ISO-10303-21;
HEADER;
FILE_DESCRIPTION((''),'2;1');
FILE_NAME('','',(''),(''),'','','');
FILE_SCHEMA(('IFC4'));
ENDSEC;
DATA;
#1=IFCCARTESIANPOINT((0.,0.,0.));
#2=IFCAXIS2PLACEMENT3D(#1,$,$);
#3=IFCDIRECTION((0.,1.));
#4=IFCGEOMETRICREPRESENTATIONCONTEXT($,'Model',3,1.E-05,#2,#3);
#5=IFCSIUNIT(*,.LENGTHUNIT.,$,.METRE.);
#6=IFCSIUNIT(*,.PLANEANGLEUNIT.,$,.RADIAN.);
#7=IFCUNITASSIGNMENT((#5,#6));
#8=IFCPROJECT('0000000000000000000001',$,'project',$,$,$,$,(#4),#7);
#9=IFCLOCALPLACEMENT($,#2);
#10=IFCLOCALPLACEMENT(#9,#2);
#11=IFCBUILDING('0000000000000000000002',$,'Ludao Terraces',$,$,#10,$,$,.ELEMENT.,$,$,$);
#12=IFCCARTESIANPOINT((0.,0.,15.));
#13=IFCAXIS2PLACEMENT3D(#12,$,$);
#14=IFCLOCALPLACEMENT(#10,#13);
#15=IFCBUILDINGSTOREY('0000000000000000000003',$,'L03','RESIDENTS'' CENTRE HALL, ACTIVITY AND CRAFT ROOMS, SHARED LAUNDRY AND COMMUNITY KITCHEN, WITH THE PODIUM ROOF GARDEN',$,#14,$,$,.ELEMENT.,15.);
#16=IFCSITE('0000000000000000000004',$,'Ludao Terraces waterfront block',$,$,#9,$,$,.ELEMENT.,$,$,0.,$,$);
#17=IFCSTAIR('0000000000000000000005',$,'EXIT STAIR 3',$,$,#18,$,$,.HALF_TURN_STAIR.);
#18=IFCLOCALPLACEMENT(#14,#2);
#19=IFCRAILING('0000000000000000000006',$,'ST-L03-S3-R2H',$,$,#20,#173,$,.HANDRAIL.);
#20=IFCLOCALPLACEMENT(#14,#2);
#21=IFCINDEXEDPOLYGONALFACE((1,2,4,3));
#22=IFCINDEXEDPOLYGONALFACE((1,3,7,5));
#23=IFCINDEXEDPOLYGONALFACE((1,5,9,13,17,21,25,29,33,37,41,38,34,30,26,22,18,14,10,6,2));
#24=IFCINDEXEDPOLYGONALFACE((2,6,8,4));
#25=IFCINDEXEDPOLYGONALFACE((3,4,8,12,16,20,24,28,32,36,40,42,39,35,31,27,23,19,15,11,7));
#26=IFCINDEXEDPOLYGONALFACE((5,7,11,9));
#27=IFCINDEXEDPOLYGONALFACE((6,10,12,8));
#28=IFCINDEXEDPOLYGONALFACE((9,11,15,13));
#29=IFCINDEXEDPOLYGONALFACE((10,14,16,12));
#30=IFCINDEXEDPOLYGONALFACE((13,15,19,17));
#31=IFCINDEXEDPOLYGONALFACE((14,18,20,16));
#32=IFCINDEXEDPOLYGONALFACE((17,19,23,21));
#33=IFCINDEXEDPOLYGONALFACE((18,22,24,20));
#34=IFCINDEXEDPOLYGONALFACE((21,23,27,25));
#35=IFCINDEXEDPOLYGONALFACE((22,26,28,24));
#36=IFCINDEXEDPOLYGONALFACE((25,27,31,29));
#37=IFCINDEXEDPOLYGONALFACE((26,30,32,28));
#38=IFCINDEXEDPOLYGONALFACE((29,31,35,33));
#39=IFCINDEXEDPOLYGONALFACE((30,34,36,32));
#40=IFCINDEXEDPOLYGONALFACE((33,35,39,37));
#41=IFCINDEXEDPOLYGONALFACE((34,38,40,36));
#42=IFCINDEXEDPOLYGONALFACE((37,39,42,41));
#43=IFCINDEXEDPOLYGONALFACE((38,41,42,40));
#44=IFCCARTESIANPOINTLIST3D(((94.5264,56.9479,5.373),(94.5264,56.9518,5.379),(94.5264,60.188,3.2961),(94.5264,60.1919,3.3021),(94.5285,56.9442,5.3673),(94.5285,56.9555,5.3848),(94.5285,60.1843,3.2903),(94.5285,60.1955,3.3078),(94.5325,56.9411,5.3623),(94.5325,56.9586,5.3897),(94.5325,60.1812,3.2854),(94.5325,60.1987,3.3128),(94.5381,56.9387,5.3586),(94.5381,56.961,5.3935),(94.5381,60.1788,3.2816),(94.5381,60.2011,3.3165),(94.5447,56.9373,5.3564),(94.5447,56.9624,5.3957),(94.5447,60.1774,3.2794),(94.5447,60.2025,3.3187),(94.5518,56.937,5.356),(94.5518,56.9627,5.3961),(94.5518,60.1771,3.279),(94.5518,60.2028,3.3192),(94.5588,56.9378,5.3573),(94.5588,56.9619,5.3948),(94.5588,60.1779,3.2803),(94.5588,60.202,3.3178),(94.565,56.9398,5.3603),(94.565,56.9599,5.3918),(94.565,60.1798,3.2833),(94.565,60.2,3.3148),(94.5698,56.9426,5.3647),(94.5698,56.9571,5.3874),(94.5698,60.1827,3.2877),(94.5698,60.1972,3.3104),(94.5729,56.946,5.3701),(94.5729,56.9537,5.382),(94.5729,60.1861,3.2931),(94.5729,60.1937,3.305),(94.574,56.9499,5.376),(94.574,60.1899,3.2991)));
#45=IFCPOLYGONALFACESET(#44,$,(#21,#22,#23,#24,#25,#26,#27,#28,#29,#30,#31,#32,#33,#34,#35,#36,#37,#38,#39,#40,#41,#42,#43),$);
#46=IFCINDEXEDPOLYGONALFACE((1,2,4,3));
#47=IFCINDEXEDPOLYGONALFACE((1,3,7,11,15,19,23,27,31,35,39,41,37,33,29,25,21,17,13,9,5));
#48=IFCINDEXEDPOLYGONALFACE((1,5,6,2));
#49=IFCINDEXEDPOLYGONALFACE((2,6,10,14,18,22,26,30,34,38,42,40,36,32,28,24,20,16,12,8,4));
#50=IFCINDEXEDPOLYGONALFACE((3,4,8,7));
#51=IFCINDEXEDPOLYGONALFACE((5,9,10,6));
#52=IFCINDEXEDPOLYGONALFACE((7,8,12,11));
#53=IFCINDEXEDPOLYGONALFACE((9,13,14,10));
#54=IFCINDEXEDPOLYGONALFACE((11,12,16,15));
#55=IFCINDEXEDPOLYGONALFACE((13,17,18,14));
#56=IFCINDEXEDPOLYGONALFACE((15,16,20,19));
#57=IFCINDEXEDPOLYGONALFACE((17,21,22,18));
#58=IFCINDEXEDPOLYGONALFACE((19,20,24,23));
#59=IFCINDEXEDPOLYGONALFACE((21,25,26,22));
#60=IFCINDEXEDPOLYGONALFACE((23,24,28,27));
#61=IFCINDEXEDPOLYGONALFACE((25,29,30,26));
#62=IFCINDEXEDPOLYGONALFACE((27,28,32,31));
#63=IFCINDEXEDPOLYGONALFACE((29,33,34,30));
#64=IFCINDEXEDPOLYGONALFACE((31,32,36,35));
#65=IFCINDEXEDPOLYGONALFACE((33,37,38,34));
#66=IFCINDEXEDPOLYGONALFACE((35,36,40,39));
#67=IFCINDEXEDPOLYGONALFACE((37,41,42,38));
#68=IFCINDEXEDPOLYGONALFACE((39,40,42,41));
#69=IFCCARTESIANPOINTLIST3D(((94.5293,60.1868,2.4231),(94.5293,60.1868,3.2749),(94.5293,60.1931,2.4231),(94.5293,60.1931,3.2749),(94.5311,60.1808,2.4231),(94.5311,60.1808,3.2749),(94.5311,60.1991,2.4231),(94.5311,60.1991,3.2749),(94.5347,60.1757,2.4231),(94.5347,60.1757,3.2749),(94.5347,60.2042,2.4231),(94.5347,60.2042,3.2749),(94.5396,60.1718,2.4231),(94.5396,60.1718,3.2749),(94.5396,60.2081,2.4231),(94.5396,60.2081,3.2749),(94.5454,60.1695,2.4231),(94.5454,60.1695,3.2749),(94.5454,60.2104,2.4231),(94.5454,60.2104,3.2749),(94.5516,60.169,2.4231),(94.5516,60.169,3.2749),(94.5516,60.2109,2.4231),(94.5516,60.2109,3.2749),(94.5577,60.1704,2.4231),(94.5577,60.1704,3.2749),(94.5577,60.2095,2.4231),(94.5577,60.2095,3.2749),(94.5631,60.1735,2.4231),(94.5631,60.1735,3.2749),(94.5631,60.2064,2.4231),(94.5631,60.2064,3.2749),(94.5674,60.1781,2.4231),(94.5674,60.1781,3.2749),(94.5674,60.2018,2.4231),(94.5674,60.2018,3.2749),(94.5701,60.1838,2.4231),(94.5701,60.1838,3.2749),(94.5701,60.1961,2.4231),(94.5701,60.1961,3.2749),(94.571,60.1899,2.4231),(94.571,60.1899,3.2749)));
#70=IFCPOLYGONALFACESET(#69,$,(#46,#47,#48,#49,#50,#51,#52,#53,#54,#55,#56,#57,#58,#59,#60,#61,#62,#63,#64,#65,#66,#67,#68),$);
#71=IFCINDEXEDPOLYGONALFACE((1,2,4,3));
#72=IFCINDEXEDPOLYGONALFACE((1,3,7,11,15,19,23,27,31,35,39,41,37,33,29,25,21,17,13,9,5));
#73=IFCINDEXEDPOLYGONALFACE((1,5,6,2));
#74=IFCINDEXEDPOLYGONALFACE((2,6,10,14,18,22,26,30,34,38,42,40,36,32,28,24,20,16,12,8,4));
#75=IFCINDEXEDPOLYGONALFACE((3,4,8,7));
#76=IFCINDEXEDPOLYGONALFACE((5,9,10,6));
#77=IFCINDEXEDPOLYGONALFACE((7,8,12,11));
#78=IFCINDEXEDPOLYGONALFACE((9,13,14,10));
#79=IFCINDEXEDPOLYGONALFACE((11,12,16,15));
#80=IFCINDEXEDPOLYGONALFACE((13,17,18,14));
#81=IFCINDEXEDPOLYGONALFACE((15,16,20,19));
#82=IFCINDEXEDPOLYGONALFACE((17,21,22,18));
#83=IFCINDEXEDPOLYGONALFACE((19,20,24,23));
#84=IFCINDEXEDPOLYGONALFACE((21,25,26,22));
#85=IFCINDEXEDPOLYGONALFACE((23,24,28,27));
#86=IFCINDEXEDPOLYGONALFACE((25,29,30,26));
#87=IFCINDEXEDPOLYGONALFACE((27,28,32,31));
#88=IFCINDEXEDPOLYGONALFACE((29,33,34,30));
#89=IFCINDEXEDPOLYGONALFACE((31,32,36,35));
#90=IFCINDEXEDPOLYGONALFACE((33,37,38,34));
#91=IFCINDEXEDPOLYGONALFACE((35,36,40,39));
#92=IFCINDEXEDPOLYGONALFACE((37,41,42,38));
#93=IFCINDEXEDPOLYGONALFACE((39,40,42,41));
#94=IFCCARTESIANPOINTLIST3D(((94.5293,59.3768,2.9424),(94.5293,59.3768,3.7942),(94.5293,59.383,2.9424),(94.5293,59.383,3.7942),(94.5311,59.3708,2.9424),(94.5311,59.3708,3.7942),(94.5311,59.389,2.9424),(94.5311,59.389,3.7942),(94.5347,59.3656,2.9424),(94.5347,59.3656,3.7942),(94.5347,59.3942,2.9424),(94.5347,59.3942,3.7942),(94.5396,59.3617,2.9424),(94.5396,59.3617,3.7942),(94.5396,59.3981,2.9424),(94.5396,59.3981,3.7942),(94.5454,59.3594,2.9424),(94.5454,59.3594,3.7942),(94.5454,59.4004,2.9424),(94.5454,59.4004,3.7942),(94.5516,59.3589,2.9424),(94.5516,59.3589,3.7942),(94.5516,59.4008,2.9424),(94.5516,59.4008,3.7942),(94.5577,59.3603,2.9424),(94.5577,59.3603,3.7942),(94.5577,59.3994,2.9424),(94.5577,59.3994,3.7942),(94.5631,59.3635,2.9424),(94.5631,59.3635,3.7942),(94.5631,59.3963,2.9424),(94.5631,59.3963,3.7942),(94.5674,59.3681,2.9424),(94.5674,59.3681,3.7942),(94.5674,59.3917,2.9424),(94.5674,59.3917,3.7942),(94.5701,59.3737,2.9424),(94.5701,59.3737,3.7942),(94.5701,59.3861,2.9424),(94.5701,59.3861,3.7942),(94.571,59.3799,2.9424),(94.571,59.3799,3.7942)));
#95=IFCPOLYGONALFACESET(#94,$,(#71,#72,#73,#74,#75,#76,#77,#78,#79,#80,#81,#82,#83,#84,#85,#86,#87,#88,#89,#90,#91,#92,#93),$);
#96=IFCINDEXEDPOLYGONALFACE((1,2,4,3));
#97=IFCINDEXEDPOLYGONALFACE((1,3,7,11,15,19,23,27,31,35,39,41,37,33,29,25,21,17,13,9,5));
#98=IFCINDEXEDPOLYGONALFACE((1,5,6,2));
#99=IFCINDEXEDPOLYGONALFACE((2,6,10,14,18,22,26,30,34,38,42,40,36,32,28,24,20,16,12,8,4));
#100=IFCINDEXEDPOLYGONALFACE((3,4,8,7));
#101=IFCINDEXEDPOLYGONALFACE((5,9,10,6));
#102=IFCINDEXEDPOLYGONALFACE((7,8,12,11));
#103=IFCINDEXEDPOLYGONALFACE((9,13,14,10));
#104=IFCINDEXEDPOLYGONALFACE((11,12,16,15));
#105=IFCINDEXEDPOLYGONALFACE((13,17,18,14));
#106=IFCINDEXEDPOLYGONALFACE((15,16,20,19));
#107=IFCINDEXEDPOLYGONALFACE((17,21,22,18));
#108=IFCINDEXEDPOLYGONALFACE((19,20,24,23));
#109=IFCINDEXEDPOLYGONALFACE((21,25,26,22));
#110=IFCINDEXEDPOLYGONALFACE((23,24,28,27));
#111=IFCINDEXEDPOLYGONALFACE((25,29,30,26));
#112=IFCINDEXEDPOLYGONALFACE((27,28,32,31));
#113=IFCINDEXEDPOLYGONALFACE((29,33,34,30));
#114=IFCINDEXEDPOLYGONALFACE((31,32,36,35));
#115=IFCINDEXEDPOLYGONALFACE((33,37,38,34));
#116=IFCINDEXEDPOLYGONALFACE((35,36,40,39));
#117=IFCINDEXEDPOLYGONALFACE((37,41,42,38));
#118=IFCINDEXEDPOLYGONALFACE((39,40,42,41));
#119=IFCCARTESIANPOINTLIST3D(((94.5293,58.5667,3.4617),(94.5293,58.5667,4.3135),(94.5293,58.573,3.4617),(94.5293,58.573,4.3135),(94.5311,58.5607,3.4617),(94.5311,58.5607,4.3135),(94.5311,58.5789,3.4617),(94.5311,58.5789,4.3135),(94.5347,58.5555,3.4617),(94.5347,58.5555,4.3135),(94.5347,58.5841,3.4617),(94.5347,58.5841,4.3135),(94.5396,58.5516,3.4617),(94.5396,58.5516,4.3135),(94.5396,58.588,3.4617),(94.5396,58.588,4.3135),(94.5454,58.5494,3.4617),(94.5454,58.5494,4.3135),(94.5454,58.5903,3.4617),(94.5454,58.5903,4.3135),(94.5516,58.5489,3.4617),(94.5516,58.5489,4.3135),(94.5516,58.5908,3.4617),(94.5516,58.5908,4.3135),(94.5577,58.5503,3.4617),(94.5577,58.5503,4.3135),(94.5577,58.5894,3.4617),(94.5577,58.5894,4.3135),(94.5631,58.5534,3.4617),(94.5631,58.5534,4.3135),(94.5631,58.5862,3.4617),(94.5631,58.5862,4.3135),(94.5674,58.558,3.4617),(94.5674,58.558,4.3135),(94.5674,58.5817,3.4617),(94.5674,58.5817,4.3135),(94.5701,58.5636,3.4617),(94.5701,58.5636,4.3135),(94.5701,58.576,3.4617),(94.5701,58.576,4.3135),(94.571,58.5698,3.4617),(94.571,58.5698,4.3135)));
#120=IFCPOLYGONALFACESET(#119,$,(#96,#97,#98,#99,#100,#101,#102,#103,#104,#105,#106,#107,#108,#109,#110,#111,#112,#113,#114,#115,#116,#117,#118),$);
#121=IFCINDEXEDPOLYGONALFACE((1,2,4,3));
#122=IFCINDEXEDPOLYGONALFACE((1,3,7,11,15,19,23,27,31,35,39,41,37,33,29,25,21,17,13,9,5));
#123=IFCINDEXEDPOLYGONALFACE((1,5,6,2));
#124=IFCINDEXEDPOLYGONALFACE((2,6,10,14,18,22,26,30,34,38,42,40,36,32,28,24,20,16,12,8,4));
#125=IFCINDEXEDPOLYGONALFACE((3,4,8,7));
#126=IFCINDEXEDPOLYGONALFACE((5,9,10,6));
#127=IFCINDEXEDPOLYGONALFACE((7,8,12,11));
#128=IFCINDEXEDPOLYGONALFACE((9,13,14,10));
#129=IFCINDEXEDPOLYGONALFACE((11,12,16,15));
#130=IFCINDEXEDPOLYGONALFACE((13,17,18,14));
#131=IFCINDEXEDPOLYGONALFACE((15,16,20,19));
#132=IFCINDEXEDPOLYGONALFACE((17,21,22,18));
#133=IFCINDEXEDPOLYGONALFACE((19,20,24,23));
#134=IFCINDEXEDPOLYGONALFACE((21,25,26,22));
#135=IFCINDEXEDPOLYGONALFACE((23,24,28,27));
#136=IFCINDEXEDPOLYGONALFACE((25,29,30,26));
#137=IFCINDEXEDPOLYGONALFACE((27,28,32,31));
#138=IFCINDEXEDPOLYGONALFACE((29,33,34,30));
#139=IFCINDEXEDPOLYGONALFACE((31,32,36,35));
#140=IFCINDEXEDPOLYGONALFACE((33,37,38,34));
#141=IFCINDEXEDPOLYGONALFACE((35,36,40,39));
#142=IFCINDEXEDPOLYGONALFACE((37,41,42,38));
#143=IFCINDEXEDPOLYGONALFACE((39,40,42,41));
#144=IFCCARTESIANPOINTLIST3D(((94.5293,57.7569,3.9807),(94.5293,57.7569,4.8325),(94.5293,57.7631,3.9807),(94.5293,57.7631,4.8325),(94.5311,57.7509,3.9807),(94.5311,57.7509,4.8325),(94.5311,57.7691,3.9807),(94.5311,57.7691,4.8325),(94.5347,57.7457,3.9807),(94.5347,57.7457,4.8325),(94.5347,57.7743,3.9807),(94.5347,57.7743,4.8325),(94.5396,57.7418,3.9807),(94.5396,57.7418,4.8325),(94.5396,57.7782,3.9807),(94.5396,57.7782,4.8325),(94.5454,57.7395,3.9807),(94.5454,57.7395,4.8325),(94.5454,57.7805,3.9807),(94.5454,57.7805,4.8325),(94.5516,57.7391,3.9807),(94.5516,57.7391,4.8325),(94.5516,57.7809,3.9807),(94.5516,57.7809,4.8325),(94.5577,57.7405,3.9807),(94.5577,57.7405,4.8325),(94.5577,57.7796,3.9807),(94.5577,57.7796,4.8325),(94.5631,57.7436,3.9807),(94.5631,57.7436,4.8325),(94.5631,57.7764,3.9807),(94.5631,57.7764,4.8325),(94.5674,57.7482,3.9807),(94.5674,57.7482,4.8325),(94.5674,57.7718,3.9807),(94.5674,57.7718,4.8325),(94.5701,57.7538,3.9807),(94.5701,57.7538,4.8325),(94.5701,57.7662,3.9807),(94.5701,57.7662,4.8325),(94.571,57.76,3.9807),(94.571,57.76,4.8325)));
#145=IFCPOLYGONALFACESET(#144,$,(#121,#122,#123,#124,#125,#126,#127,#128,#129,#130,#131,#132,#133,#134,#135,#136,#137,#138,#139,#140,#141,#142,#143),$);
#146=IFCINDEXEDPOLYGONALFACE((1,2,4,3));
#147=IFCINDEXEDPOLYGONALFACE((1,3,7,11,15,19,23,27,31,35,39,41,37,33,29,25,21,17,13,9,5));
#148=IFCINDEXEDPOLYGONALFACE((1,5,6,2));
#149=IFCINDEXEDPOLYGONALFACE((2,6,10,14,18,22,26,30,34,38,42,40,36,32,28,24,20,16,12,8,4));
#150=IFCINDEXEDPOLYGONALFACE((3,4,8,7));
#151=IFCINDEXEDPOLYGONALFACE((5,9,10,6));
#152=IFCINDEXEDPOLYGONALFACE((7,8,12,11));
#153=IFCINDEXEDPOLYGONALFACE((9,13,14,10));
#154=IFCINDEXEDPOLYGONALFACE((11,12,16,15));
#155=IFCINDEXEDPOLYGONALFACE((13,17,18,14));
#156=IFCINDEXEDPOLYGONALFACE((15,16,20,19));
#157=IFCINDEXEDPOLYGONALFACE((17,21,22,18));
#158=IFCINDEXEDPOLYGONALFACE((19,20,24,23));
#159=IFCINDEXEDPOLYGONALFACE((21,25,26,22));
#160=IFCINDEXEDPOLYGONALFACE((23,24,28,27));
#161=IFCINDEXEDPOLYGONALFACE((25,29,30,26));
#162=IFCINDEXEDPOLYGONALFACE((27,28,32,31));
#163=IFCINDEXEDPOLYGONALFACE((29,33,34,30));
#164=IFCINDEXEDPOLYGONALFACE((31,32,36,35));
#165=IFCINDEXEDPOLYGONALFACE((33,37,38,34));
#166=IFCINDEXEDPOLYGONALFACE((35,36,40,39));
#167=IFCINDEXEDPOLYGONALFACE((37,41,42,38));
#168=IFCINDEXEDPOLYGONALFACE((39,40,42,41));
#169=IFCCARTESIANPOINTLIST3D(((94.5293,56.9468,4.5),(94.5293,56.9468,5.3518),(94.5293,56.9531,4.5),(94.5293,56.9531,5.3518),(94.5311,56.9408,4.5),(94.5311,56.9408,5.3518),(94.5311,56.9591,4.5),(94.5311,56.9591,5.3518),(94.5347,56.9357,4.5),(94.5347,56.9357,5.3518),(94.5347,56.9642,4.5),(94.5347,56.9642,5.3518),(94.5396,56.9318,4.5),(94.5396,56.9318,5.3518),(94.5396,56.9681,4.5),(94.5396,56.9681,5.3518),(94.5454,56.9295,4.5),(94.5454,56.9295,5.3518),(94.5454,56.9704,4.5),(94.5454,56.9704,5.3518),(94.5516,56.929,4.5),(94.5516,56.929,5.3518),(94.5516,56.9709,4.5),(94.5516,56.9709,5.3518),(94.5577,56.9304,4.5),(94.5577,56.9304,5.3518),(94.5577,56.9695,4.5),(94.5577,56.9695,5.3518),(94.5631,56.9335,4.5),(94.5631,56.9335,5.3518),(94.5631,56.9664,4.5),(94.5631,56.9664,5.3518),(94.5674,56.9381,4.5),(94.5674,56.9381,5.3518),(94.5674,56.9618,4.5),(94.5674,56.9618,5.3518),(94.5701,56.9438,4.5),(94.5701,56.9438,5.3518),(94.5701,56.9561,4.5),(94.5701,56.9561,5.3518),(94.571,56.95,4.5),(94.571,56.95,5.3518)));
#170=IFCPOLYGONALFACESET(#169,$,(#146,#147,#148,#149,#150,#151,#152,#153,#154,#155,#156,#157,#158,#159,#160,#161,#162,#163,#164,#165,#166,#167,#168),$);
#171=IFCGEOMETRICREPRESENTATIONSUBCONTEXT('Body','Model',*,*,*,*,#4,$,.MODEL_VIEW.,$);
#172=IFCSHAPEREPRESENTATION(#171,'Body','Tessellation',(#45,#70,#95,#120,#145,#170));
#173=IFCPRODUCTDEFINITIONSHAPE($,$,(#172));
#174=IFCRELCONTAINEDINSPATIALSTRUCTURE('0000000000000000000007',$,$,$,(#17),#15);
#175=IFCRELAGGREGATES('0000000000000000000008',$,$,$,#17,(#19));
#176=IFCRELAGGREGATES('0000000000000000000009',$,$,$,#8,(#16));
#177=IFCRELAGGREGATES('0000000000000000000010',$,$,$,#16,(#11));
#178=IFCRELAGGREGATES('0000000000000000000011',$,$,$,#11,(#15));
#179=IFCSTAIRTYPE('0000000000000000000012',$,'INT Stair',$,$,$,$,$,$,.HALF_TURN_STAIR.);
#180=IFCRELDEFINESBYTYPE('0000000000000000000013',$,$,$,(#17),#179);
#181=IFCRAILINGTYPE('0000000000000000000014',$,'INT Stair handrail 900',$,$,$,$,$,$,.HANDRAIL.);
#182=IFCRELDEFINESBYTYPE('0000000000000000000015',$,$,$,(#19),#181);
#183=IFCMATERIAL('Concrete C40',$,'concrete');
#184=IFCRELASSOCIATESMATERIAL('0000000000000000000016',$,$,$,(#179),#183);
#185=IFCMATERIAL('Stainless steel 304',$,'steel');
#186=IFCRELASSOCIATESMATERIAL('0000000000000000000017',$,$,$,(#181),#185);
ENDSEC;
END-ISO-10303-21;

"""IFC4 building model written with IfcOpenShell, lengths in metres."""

from ifc_helpers import new_model, si_unit, direction, frame, origin, origin_2d, place, context, subcontext, project, spatial, circle, extrude, material, type_object, element, aggregate, save


model = new_model("IFC4")

# Units and contexts
model_context = context("Model", 3, precision=1e-05, world=origin(), true_north=direction((0.0, 1.0)))
body_context = subcontext(model_context, "Body", "Model", "MODEL_VIEW")
ifc_project = project(units=[si_unit("LENGTHUNIT", "METRE"), si_unit("PLANEANGLEUNIT", "RADIAN")], contexts=[model_context])

# Site, building, storey
site_placement = place(None, origin())
site = spatial("IfcSite", under=ifc_project, at=site_placement, Name="Ludao Terraces waterfront block", CompositionType="ELEMENT", RefElevation=0.0)
building_placement = place(site_placement, origin())
building = spatial("IfcBuilding", under=site, at=building_placement, Name="Ludao Terraces", CompositionType="ELEMENT")
storey_placement = place(building_placement, frame((0.0, 0.0, 15.0)))
storey = spatial("IfcBuildingStorey", under=building, at=storey_placement, Name="L03", Description="RESIDENTS' CENTRE HALL, ACTIVITY AND CRAFT ROOMS, SHARED LAUNDRY AND COMMUNITY KITCHEN, WITH THE PODIUM ROOF GARDEN", CompositionType="ELEMENT", Elevation=15.0)

# Stair, railing
ifc_material_1 = material(Name="Concrete C40", Category="concrete")
stair_type = type_object("IfcStairType", Name="INT Stair", PredefinedType="HALF_TURN_STAIR", material=ifc_material_1)
stair_placement = place(storey_placement, origin())
stair = element("IfcStair", 1, at=stair_placement, inside=storey, type_object=stair_type, Name="EXIT STAIR 3", PredefinedType="HALF_TURN_STAIR")
ifc_material_2 = material(Name="Stainless steel 304", Category="steel")
railing_type_1 = type_object("IfcRailingType", Name="INT Stair handrail 900", PredefinedType="HANDRAIL", material=ifc_material_2)
railing_1_placement = place(storey_placement, frame((94.55, 60.1899, 2.4231)))
railing_1 = element("IfcRailing", 2, at=railing_1_placement, type_object=railing_type_1, Name="ST-L03-S3-R2H", PredefinedType="HANDRAIL", context=body_context, shape_type="SweptSolid", body=[
    extrude(circle(Radius=0.0239, at=origin_2d()), frame((0.0, 0.0, 0.876), z_axis=(0.0, -0.841881, 0.539664), x_axis=(1.0, 0.0, 0.0)), (0.0, 0.0, 1.0), 3.8486),
    extrude(circle(Radius=0.021, at=origin_2d()), origin(), (0.0, 0.0, 1.0), 0.8518),
    extrude(circle(Radius=0.021, at=origin_2d()), frame((0.0, -0.8101, 0.5193)), (0.0, 0.0, 1.0), 0.8518),
    extrude(circle(Radius=0.021, at=origin_2d()), frame((0.0, -1.6201, 1.0386)), (0.0, 0.0, 1.0), 0.8518),
    extrude(circle(Radius=0.021, at=origin_2d()), frame((0.0, -2.4299, 1.5576)), (0.0, 0.0, 1.0), 0.8518),
    extrude(circle(Radius=0.021, at=origin_2d()), frame((0.0, -3.24, 2.0769)), (0.0, 0.0, 1.0), 0.8518),
])
aggregate(stair, [railing_1])

save(model, "model.ifc")
